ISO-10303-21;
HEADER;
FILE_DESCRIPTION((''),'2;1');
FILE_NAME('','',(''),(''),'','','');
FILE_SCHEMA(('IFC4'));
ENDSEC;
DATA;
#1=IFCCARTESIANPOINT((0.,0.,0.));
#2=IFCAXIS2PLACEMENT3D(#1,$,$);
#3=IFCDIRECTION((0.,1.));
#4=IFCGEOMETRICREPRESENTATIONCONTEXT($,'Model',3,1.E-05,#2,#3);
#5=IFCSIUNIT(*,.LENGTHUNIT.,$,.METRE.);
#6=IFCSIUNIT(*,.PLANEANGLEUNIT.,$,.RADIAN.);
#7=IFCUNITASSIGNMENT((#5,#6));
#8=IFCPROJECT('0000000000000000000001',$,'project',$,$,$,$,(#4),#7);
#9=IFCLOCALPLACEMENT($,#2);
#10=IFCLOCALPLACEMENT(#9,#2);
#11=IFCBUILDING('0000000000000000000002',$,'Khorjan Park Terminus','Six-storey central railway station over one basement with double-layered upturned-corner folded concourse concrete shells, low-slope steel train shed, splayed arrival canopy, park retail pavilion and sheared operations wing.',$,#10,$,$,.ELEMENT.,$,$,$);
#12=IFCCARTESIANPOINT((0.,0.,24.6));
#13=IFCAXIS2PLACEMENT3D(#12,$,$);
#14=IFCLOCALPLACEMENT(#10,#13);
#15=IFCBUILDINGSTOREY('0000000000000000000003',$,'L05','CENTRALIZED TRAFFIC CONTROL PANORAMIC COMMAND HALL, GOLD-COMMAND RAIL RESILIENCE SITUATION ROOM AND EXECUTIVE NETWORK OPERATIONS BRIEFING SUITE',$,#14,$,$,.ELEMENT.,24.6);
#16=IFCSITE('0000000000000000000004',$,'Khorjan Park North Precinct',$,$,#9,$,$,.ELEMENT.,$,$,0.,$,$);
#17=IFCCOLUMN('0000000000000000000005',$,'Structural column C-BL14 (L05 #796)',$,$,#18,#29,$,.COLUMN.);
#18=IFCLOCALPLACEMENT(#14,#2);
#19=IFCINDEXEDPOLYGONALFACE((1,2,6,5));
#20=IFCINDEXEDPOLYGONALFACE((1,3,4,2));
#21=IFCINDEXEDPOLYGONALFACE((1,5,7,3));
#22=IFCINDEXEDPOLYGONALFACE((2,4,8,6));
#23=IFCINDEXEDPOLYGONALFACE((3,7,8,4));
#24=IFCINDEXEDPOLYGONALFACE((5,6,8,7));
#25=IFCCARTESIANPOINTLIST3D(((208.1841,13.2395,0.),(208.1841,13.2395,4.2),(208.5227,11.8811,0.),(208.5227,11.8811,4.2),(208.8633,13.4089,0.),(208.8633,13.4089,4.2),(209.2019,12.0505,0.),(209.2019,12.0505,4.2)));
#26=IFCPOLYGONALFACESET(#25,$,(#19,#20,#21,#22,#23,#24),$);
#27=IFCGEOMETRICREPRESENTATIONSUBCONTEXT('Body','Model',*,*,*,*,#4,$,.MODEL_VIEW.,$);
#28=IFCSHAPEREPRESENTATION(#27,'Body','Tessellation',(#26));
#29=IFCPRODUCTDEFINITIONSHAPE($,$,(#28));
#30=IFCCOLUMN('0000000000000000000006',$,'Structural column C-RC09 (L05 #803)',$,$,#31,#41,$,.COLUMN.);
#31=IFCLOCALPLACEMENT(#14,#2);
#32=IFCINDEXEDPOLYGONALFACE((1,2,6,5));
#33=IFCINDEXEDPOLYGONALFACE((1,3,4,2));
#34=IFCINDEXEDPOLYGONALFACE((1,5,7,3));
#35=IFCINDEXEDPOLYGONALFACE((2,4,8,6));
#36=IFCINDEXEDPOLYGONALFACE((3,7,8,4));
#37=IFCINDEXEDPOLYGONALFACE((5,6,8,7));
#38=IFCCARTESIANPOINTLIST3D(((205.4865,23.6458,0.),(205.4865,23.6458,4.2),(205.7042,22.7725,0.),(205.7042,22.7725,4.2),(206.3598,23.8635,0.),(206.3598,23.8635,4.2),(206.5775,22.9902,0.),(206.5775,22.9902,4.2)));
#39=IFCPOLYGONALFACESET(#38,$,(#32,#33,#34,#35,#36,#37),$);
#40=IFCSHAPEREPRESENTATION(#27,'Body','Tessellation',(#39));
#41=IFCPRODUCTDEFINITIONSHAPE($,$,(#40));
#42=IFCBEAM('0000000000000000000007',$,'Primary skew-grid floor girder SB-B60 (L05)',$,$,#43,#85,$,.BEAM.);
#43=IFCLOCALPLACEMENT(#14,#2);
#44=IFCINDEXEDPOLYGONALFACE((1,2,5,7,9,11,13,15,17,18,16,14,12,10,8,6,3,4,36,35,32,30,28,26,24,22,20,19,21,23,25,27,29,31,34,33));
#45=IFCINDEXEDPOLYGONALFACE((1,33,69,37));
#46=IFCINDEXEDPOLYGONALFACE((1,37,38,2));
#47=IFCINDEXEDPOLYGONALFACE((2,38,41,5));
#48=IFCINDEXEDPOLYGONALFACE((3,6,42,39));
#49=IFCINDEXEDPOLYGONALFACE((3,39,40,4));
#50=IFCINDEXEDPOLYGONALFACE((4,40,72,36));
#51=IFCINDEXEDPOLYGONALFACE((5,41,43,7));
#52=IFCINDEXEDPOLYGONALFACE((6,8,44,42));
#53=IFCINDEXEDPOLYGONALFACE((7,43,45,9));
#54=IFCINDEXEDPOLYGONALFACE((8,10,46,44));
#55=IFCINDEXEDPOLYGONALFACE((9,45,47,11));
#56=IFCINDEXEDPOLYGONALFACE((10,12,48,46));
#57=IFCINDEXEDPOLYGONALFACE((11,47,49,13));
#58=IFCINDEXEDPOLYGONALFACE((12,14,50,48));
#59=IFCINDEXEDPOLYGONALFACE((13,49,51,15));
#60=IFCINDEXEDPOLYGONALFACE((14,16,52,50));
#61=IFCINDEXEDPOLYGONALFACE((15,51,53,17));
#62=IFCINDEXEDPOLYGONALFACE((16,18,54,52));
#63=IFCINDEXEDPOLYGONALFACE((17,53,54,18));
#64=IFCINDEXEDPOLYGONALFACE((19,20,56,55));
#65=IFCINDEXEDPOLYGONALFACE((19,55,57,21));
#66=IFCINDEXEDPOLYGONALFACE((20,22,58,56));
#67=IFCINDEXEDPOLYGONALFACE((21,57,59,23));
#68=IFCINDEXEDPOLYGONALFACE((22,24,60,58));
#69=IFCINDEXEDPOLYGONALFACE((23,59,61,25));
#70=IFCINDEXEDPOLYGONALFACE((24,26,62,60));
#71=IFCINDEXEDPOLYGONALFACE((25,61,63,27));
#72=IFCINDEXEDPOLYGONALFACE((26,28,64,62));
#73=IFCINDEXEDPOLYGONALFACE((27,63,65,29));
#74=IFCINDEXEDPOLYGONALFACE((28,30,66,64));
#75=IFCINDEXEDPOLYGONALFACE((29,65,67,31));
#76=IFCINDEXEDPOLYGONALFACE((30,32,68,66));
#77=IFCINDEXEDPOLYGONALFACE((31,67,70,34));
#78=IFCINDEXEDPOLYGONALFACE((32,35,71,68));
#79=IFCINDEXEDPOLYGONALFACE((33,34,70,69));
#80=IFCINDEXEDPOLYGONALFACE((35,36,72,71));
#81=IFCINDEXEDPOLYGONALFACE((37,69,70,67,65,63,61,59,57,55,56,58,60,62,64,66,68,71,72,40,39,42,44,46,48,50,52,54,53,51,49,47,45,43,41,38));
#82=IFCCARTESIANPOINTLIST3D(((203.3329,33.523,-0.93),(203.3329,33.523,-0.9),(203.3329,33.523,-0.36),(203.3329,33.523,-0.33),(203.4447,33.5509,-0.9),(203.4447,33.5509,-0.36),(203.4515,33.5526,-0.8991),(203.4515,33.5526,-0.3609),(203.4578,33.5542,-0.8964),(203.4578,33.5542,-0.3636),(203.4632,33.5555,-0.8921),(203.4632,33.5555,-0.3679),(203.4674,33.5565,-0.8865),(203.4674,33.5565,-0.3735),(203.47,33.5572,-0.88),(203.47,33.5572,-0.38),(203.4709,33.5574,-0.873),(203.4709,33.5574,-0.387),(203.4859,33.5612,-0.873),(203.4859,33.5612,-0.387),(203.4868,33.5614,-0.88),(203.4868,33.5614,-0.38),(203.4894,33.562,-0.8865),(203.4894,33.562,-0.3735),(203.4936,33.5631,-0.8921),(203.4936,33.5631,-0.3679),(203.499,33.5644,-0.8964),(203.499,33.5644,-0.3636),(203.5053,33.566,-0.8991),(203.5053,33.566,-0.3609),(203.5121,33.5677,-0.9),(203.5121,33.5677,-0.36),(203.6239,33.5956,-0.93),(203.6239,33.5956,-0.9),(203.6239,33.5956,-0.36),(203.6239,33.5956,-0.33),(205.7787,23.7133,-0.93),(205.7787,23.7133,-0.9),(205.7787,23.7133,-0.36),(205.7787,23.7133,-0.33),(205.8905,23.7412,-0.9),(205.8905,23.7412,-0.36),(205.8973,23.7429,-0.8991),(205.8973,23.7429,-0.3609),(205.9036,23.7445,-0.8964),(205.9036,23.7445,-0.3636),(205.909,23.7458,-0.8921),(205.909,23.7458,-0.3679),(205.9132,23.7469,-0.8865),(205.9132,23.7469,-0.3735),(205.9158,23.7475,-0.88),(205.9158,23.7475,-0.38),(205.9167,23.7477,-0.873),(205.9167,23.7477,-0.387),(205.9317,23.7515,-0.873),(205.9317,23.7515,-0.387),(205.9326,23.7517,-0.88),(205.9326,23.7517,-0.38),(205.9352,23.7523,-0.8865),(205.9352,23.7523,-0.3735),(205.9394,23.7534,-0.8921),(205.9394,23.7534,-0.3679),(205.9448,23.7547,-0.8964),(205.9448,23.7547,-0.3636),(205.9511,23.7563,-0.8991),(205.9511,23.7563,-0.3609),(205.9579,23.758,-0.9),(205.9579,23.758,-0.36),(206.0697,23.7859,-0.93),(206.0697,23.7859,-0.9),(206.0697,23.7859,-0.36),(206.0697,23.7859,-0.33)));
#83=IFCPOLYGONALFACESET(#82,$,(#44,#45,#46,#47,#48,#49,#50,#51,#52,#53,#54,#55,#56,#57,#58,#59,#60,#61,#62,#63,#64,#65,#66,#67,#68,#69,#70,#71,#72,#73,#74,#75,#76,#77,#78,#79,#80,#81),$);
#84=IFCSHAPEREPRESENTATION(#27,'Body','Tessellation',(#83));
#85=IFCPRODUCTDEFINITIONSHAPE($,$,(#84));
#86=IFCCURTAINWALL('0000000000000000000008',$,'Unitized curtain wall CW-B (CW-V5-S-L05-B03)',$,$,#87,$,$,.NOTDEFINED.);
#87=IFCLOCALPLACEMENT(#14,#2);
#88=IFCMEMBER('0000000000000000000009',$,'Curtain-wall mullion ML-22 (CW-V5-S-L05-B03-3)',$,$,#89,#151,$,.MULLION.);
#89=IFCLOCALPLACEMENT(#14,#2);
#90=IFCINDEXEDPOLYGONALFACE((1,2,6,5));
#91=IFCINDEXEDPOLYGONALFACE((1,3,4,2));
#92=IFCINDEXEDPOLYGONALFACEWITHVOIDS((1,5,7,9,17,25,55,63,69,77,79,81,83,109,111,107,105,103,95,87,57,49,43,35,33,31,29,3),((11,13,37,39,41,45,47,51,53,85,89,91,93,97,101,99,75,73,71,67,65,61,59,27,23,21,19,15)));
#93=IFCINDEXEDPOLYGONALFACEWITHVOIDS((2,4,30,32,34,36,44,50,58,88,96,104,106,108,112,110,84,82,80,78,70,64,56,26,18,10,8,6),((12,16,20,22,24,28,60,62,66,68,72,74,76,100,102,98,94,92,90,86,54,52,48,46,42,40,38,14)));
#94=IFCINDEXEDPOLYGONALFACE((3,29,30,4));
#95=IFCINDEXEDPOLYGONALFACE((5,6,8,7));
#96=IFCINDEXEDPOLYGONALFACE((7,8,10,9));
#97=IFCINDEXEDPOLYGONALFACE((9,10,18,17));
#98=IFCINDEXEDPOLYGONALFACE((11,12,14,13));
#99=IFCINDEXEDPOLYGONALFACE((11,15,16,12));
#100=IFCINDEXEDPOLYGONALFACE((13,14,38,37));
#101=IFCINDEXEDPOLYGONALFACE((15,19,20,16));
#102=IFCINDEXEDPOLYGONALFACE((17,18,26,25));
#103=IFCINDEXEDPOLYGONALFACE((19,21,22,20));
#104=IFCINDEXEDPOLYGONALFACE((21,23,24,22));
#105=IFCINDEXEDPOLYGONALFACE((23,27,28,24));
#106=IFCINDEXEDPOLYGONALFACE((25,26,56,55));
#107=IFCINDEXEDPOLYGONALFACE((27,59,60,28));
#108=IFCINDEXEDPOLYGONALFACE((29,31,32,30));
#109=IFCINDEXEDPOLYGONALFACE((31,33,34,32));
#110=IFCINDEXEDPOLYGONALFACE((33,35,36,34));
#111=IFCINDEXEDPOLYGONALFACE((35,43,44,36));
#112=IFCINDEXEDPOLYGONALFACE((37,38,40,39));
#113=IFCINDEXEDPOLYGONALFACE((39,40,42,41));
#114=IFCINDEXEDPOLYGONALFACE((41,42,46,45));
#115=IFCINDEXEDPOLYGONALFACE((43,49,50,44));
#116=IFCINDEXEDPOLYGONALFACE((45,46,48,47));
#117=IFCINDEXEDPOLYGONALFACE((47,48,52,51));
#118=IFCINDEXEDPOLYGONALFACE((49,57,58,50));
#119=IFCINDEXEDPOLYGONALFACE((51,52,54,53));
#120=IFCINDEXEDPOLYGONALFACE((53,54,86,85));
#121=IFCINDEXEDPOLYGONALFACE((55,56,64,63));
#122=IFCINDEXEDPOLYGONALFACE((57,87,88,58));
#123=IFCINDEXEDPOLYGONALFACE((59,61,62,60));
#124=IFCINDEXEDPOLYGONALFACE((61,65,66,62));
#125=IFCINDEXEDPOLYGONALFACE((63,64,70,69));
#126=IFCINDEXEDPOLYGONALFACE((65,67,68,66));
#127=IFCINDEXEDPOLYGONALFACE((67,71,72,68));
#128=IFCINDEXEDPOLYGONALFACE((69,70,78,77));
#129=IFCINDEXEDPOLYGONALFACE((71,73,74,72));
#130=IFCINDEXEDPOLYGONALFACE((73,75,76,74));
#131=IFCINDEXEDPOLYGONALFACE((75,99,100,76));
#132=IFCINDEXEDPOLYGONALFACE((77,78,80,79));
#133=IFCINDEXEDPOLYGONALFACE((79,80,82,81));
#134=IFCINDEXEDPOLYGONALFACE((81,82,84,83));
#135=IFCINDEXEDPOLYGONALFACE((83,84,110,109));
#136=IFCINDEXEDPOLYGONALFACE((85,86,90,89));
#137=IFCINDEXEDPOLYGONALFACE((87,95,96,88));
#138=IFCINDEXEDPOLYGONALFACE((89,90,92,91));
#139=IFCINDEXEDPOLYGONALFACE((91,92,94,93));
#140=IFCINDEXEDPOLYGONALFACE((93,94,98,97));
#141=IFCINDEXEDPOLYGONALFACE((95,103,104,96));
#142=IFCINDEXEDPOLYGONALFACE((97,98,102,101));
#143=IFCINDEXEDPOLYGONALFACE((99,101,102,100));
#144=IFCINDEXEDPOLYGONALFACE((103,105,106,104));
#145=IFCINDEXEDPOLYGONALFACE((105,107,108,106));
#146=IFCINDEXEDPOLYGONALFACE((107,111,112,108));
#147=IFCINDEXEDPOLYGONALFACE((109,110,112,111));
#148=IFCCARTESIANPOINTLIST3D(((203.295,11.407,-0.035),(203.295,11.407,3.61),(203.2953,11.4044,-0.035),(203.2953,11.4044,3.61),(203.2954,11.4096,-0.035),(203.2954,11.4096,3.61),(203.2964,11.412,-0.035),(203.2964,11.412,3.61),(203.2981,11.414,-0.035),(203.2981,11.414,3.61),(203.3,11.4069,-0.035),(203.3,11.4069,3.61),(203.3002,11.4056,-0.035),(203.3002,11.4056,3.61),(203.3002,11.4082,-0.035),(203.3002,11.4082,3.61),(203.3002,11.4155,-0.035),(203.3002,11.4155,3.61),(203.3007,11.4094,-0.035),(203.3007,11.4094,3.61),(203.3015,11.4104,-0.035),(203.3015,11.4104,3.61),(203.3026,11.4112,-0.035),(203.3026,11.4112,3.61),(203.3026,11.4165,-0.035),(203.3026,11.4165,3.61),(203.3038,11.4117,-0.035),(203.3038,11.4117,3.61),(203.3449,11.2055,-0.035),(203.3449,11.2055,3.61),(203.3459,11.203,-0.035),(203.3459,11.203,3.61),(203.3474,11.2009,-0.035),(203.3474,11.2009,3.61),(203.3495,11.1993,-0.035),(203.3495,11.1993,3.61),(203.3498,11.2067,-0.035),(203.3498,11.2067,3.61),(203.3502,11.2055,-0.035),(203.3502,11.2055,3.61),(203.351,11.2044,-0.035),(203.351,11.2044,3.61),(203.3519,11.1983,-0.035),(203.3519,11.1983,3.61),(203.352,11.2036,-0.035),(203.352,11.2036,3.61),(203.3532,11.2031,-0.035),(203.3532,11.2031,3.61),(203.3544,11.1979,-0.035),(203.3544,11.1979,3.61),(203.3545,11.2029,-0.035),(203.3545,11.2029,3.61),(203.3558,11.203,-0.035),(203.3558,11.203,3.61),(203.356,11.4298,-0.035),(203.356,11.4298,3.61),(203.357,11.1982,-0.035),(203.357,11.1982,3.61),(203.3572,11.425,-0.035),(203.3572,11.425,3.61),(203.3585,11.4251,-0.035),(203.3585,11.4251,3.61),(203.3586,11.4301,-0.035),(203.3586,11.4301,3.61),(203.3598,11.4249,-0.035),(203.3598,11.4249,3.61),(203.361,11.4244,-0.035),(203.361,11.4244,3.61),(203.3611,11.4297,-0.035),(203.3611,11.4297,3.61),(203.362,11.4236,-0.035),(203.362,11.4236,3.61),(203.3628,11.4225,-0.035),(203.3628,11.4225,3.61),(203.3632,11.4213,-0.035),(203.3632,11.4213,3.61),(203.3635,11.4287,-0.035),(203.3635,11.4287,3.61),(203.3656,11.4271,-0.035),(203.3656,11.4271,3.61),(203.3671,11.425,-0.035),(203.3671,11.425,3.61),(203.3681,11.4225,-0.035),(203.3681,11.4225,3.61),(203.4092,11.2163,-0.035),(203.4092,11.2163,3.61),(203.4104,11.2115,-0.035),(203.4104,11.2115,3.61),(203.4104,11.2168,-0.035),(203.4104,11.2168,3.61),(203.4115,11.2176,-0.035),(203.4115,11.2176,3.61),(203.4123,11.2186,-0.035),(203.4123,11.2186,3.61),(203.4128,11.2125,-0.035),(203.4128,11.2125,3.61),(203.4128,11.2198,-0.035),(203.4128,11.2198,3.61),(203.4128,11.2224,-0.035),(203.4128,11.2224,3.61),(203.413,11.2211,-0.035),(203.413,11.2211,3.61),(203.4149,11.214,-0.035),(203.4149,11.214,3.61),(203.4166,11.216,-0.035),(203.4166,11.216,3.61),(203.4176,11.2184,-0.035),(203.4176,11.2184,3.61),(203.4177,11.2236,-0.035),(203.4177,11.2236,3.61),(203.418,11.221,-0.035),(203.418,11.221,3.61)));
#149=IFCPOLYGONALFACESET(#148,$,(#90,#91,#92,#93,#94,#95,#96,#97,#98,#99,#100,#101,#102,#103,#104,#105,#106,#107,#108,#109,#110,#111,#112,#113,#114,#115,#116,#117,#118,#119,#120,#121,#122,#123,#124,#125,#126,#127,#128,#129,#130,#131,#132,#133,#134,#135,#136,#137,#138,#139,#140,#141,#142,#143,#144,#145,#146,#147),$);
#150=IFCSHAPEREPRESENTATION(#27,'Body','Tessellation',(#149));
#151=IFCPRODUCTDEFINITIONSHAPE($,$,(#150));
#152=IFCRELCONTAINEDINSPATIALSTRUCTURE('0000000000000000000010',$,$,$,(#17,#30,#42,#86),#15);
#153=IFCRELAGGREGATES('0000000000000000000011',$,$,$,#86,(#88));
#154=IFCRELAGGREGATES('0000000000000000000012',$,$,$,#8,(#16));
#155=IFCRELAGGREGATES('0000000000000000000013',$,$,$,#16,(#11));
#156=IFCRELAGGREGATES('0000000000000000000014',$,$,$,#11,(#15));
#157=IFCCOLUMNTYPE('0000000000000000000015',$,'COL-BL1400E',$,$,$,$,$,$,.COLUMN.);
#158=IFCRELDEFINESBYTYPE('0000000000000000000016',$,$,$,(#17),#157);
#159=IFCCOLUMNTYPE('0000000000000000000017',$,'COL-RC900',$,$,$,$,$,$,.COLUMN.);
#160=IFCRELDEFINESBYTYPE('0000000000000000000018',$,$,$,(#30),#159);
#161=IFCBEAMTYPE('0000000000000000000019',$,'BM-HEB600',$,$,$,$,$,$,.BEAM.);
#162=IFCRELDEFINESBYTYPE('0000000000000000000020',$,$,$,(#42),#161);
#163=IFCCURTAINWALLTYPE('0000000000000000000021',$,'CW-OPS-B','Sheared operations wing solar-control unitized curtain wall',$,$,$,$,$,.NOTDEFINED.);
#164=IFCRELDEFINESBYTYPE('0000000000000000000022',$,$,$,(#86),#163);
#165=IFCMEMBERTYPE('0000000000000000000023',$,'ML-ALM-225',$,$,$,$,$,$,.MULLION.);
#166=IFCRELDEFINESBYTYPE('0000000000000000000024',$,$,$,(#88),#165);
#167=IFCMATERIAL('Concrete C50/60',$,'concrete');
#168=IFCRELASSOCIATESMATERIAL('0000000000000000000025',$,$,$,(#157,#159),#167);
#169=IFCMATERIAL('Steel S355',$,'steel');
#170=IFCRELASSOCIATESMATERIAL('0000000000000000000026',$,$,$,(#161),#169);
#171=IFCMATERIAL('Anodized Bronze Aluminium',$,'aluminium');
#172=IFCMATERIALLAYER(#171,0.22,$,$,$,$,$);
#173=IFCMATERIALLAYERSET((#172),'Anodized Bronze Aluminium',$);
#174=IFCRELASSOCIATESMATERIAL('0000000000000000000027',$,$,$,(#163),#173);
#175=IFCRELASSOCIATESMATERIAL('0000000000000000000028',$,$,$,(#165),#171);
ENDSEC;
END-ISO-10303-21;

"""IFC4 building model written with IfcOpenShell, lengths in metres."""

from ifc_helpers import new_model, si_unit, direction, frame, origin, origin_2d, place, context, subcontext, project, spatial, rectangle, hollow_rectangle, i_section, extrude, material, layer, layer_set, material_profile, profile_set, type_object, element, aggregate, save


model = new_model("IFC4")

# Units and contexts
model_context = context("Model", 3, precision=1e-05, world=origin(), true_north=direction((0.0, 1.0)))
body_context = subcontext(model_context, "Body", "Model", "MODEL_VIEW")
ifc_project = project(units=[si_unit("LENGTHUNIT", "METRE"), si_unit("PLANEANGLEUNIT", "RADIAN")], contexts=[model_context])

# Site, building, storey
site_placement = place(None, origin())
site = spatial("IfcSite", under=ifc_project, at=site_placement, Name="Khorjan Park North Precinct", CompositionType="ELEMENT", RefElevation=0.0)
building_placement = place(site_placement, origin())
building = spatial("IfcBuilding", under=site, at=building_placement, Name="Khorjan Park Terminus", Description="Six-storey central railway station over one basement with double-layered upturned-corner folded concourse concrete shells, low-slope steel train shed, splayed arrival canopy, park retail pavilion and sheared operations wing.", CompositionType="ELEMENT")
storey_placement = place(building_placement, frame((0.0, 0.0, 24.6)))
storey = spatial("IfcBuildingStorey", under=building, at=storey_placement, Name="L05", Description="CENTRALIZED TRAFFIC CONTROL PANORAMIC COMMAND HALL, GOLD-COMMAND RAIL RESILIENCE SITUATION ROOM AND EXECUTIVE NETWORK OPERATIONS BRIEFING SUITE", CompositionType="ELEMENT", Elevation=24.6)

# Columns
ifc_material_1 = material(Name="Concrete C50/60", Category="concrete")
ifc_material_profile_1 = material_profile(ifc_material_1, rectangle(XDim=0.7, YDim=1.4, at=origin_2d()), Name="RC 700x1400")
ifc_profile_set_1 = profile_set([ifc_material_profile_1], Name="Concrete C50/60")
column_type_1 = type_object("IfcColumnType", Name="COL-BL1400E", PredefinedType="COLUMN", material=ifc_profile_set_1)
column_1_placement = place(storey_placement, frame((208.693, 12.645, 0.0), z_axis=(0.0, 0.0, 1.0), x_axis=(0.970296, 0.241922, 0.0)))
element("IfcColumn", 1, at=column_1_placement, inside=storey, type_object=column_type_1, Name="Structural column C-BL14 (L05 #796)", PredefinedType="COLUMN", context=body_context, shape_type="SweptSolid", body=[
    extrude(rectangle(XDim=0.7, YDim=1.4, at=origin_2d()), origin(), (0.0, 0.0, 1.0), 4.2),
])
ifc_material_profile_2 = material_profile(ifc_material_1, rectangle(XDim=0.9, YDim=0.9, at=origin_2d()), Name="RC 900x900")
ifc_profile_set_2 = profile_set([ifc_material_profile_2], Name="Concrete C50/60")
column_type_2 = type_object("IfcColumnType", Name="COL-RC900", PredefinedType="COLUMN", material=ifc_profile_set_2)
column_2_placement = place(storey_placement, frame((206.032, 23.318, 0.0), z_axis=(0.0, 0.0, 1.0), x_axis=(0.970296, 0.241922, 0.0)))
element("IfcColumn", 2, at=column_2_placement, inside=storey, type_object=column_type_2, Name="Structural column C-RC09 (L05 #803)", PredefinedType="COLUMN", context=body_context, shape_type="SweptSolid", body=[
    extrude(rectangle(XDim=0.9, YDim=0.9, at=origin_2d()), origin(), (0.0, 0.0, 1.0), 4.2),
])

# Beam
ifc_material_2 = material(Name="Steel S355", Category="steel")
ifc_material_profile_3 = material_profile(ifc_material_2, i_section(OverallWidth=0.3, OverallDepth=0.6, WebThickness=0.0155, FlangeThickness=0.03, FilletRadius=0.027, at=origin_2d()), Name="HEB 600")
ifc_profile_set_3 = profile_set([ifc_material_profile_3], Name="Steel S355")
beam_type = type_object("IfcBeamType", Name="BM-HEB600", PredefinedType="BEAM", material=ifc_profile_set_3)
beam_placement = place(storey_placement, frame((205.9242, 23.7496, -0.63), z_axis=(-0.241919, 0.970296, 0.0), x_axis=(-0.970296, -0.241919, 0.0)))
element("IfcBeam", 3, at=beam_placement, inside=storey, type_object=beam_type, Name="Primary skew-grid floor girder SB-B60 (L05)", PredefinedType="BEAM", context=body_context, shape_type="SweptSolid", body=[
    extrude(i_section(OverallWidth=0.3, OverallDepth=0.6, WebThickness=0.0155, FlangeThickness=0.03, FilletRadius=0.027, at=origin_2d()), origin(), (0.0, 0.0, 1.0), 10.11),
])

# Curtain wall, member
ifc_material_3 = material(Name="Anodized Bronze Aluminium", Category="aluminium")
ifc_layer_1 = layer(ifc_material_3, 0.22)
ifc_layer_set_1 = layer_set([ifc_layer_1], Name="Anodized Bronze Aluminium")
curtain_wall_type = type_object("IfcCurtainWallType", Name="CW-OPS-B", Description="Sheared operations wing solar-control unitized curtain wall", PredefinedType="NOTDEFINED", material=ifc_layer_set_1)
curtain_wall_placement = place(storey_placement, origin())
curtain_wall = element("IfcCurtainWall", 4, at=curtain_wall_placement, inside=storey, type_object=curtain_wall_type, Name="Unitized curtain wall CW-B (CW-V5-S-L05-B03)", PredefinedType="NOTDEFINED")
ifc_material_profile_4 = material_profile(ifc_material_3, hollow_rectangle(XDim=0.075, YDim=0.225, WallThickness=0.005, InnerFilletRadius=0.005, OuterFilletRadius=0.01, at=origin_2d()), Name="ALM 75x225x5")
ifc_profile_set_4 = profile_set([ifc_material_profile_4], Name="Anodized Bronze Aluminium")
member_type_1 = type_object("IfcMemberType", Name="ML-ALM-225", PredefinedType="MULLION", material=ifc_profile_set_4)
member_1_placement = place(storey_placement, frame((203.3565, 11.314, -0.035), z_axis=(0.0, 0.0, 1.0), x_axis=(0.970295, 0.241926, 0.0)))
member_1 = element("IfcMember", 5, at=member_1_placement, type_object=member_type_1, Name="Curtain-wall mullion ML-22 (CW-V5-S-L05-B03-3)", PredefinedType="MULLION", context=body_context, shape_type="SweptSolid", body=[
    extrude(hollow_rectangle(XDim=0.075, YDim=0.225, WallThickness=0.005, InnerFilletRadius=0.005, OuterFilletRadius=0.01, at=origin_2d()), origin(), (0.0, 0.0, 1.0), 3.645),
])
aggregate(curtain_wall, [member_1])

save(model, "model.ifc")
